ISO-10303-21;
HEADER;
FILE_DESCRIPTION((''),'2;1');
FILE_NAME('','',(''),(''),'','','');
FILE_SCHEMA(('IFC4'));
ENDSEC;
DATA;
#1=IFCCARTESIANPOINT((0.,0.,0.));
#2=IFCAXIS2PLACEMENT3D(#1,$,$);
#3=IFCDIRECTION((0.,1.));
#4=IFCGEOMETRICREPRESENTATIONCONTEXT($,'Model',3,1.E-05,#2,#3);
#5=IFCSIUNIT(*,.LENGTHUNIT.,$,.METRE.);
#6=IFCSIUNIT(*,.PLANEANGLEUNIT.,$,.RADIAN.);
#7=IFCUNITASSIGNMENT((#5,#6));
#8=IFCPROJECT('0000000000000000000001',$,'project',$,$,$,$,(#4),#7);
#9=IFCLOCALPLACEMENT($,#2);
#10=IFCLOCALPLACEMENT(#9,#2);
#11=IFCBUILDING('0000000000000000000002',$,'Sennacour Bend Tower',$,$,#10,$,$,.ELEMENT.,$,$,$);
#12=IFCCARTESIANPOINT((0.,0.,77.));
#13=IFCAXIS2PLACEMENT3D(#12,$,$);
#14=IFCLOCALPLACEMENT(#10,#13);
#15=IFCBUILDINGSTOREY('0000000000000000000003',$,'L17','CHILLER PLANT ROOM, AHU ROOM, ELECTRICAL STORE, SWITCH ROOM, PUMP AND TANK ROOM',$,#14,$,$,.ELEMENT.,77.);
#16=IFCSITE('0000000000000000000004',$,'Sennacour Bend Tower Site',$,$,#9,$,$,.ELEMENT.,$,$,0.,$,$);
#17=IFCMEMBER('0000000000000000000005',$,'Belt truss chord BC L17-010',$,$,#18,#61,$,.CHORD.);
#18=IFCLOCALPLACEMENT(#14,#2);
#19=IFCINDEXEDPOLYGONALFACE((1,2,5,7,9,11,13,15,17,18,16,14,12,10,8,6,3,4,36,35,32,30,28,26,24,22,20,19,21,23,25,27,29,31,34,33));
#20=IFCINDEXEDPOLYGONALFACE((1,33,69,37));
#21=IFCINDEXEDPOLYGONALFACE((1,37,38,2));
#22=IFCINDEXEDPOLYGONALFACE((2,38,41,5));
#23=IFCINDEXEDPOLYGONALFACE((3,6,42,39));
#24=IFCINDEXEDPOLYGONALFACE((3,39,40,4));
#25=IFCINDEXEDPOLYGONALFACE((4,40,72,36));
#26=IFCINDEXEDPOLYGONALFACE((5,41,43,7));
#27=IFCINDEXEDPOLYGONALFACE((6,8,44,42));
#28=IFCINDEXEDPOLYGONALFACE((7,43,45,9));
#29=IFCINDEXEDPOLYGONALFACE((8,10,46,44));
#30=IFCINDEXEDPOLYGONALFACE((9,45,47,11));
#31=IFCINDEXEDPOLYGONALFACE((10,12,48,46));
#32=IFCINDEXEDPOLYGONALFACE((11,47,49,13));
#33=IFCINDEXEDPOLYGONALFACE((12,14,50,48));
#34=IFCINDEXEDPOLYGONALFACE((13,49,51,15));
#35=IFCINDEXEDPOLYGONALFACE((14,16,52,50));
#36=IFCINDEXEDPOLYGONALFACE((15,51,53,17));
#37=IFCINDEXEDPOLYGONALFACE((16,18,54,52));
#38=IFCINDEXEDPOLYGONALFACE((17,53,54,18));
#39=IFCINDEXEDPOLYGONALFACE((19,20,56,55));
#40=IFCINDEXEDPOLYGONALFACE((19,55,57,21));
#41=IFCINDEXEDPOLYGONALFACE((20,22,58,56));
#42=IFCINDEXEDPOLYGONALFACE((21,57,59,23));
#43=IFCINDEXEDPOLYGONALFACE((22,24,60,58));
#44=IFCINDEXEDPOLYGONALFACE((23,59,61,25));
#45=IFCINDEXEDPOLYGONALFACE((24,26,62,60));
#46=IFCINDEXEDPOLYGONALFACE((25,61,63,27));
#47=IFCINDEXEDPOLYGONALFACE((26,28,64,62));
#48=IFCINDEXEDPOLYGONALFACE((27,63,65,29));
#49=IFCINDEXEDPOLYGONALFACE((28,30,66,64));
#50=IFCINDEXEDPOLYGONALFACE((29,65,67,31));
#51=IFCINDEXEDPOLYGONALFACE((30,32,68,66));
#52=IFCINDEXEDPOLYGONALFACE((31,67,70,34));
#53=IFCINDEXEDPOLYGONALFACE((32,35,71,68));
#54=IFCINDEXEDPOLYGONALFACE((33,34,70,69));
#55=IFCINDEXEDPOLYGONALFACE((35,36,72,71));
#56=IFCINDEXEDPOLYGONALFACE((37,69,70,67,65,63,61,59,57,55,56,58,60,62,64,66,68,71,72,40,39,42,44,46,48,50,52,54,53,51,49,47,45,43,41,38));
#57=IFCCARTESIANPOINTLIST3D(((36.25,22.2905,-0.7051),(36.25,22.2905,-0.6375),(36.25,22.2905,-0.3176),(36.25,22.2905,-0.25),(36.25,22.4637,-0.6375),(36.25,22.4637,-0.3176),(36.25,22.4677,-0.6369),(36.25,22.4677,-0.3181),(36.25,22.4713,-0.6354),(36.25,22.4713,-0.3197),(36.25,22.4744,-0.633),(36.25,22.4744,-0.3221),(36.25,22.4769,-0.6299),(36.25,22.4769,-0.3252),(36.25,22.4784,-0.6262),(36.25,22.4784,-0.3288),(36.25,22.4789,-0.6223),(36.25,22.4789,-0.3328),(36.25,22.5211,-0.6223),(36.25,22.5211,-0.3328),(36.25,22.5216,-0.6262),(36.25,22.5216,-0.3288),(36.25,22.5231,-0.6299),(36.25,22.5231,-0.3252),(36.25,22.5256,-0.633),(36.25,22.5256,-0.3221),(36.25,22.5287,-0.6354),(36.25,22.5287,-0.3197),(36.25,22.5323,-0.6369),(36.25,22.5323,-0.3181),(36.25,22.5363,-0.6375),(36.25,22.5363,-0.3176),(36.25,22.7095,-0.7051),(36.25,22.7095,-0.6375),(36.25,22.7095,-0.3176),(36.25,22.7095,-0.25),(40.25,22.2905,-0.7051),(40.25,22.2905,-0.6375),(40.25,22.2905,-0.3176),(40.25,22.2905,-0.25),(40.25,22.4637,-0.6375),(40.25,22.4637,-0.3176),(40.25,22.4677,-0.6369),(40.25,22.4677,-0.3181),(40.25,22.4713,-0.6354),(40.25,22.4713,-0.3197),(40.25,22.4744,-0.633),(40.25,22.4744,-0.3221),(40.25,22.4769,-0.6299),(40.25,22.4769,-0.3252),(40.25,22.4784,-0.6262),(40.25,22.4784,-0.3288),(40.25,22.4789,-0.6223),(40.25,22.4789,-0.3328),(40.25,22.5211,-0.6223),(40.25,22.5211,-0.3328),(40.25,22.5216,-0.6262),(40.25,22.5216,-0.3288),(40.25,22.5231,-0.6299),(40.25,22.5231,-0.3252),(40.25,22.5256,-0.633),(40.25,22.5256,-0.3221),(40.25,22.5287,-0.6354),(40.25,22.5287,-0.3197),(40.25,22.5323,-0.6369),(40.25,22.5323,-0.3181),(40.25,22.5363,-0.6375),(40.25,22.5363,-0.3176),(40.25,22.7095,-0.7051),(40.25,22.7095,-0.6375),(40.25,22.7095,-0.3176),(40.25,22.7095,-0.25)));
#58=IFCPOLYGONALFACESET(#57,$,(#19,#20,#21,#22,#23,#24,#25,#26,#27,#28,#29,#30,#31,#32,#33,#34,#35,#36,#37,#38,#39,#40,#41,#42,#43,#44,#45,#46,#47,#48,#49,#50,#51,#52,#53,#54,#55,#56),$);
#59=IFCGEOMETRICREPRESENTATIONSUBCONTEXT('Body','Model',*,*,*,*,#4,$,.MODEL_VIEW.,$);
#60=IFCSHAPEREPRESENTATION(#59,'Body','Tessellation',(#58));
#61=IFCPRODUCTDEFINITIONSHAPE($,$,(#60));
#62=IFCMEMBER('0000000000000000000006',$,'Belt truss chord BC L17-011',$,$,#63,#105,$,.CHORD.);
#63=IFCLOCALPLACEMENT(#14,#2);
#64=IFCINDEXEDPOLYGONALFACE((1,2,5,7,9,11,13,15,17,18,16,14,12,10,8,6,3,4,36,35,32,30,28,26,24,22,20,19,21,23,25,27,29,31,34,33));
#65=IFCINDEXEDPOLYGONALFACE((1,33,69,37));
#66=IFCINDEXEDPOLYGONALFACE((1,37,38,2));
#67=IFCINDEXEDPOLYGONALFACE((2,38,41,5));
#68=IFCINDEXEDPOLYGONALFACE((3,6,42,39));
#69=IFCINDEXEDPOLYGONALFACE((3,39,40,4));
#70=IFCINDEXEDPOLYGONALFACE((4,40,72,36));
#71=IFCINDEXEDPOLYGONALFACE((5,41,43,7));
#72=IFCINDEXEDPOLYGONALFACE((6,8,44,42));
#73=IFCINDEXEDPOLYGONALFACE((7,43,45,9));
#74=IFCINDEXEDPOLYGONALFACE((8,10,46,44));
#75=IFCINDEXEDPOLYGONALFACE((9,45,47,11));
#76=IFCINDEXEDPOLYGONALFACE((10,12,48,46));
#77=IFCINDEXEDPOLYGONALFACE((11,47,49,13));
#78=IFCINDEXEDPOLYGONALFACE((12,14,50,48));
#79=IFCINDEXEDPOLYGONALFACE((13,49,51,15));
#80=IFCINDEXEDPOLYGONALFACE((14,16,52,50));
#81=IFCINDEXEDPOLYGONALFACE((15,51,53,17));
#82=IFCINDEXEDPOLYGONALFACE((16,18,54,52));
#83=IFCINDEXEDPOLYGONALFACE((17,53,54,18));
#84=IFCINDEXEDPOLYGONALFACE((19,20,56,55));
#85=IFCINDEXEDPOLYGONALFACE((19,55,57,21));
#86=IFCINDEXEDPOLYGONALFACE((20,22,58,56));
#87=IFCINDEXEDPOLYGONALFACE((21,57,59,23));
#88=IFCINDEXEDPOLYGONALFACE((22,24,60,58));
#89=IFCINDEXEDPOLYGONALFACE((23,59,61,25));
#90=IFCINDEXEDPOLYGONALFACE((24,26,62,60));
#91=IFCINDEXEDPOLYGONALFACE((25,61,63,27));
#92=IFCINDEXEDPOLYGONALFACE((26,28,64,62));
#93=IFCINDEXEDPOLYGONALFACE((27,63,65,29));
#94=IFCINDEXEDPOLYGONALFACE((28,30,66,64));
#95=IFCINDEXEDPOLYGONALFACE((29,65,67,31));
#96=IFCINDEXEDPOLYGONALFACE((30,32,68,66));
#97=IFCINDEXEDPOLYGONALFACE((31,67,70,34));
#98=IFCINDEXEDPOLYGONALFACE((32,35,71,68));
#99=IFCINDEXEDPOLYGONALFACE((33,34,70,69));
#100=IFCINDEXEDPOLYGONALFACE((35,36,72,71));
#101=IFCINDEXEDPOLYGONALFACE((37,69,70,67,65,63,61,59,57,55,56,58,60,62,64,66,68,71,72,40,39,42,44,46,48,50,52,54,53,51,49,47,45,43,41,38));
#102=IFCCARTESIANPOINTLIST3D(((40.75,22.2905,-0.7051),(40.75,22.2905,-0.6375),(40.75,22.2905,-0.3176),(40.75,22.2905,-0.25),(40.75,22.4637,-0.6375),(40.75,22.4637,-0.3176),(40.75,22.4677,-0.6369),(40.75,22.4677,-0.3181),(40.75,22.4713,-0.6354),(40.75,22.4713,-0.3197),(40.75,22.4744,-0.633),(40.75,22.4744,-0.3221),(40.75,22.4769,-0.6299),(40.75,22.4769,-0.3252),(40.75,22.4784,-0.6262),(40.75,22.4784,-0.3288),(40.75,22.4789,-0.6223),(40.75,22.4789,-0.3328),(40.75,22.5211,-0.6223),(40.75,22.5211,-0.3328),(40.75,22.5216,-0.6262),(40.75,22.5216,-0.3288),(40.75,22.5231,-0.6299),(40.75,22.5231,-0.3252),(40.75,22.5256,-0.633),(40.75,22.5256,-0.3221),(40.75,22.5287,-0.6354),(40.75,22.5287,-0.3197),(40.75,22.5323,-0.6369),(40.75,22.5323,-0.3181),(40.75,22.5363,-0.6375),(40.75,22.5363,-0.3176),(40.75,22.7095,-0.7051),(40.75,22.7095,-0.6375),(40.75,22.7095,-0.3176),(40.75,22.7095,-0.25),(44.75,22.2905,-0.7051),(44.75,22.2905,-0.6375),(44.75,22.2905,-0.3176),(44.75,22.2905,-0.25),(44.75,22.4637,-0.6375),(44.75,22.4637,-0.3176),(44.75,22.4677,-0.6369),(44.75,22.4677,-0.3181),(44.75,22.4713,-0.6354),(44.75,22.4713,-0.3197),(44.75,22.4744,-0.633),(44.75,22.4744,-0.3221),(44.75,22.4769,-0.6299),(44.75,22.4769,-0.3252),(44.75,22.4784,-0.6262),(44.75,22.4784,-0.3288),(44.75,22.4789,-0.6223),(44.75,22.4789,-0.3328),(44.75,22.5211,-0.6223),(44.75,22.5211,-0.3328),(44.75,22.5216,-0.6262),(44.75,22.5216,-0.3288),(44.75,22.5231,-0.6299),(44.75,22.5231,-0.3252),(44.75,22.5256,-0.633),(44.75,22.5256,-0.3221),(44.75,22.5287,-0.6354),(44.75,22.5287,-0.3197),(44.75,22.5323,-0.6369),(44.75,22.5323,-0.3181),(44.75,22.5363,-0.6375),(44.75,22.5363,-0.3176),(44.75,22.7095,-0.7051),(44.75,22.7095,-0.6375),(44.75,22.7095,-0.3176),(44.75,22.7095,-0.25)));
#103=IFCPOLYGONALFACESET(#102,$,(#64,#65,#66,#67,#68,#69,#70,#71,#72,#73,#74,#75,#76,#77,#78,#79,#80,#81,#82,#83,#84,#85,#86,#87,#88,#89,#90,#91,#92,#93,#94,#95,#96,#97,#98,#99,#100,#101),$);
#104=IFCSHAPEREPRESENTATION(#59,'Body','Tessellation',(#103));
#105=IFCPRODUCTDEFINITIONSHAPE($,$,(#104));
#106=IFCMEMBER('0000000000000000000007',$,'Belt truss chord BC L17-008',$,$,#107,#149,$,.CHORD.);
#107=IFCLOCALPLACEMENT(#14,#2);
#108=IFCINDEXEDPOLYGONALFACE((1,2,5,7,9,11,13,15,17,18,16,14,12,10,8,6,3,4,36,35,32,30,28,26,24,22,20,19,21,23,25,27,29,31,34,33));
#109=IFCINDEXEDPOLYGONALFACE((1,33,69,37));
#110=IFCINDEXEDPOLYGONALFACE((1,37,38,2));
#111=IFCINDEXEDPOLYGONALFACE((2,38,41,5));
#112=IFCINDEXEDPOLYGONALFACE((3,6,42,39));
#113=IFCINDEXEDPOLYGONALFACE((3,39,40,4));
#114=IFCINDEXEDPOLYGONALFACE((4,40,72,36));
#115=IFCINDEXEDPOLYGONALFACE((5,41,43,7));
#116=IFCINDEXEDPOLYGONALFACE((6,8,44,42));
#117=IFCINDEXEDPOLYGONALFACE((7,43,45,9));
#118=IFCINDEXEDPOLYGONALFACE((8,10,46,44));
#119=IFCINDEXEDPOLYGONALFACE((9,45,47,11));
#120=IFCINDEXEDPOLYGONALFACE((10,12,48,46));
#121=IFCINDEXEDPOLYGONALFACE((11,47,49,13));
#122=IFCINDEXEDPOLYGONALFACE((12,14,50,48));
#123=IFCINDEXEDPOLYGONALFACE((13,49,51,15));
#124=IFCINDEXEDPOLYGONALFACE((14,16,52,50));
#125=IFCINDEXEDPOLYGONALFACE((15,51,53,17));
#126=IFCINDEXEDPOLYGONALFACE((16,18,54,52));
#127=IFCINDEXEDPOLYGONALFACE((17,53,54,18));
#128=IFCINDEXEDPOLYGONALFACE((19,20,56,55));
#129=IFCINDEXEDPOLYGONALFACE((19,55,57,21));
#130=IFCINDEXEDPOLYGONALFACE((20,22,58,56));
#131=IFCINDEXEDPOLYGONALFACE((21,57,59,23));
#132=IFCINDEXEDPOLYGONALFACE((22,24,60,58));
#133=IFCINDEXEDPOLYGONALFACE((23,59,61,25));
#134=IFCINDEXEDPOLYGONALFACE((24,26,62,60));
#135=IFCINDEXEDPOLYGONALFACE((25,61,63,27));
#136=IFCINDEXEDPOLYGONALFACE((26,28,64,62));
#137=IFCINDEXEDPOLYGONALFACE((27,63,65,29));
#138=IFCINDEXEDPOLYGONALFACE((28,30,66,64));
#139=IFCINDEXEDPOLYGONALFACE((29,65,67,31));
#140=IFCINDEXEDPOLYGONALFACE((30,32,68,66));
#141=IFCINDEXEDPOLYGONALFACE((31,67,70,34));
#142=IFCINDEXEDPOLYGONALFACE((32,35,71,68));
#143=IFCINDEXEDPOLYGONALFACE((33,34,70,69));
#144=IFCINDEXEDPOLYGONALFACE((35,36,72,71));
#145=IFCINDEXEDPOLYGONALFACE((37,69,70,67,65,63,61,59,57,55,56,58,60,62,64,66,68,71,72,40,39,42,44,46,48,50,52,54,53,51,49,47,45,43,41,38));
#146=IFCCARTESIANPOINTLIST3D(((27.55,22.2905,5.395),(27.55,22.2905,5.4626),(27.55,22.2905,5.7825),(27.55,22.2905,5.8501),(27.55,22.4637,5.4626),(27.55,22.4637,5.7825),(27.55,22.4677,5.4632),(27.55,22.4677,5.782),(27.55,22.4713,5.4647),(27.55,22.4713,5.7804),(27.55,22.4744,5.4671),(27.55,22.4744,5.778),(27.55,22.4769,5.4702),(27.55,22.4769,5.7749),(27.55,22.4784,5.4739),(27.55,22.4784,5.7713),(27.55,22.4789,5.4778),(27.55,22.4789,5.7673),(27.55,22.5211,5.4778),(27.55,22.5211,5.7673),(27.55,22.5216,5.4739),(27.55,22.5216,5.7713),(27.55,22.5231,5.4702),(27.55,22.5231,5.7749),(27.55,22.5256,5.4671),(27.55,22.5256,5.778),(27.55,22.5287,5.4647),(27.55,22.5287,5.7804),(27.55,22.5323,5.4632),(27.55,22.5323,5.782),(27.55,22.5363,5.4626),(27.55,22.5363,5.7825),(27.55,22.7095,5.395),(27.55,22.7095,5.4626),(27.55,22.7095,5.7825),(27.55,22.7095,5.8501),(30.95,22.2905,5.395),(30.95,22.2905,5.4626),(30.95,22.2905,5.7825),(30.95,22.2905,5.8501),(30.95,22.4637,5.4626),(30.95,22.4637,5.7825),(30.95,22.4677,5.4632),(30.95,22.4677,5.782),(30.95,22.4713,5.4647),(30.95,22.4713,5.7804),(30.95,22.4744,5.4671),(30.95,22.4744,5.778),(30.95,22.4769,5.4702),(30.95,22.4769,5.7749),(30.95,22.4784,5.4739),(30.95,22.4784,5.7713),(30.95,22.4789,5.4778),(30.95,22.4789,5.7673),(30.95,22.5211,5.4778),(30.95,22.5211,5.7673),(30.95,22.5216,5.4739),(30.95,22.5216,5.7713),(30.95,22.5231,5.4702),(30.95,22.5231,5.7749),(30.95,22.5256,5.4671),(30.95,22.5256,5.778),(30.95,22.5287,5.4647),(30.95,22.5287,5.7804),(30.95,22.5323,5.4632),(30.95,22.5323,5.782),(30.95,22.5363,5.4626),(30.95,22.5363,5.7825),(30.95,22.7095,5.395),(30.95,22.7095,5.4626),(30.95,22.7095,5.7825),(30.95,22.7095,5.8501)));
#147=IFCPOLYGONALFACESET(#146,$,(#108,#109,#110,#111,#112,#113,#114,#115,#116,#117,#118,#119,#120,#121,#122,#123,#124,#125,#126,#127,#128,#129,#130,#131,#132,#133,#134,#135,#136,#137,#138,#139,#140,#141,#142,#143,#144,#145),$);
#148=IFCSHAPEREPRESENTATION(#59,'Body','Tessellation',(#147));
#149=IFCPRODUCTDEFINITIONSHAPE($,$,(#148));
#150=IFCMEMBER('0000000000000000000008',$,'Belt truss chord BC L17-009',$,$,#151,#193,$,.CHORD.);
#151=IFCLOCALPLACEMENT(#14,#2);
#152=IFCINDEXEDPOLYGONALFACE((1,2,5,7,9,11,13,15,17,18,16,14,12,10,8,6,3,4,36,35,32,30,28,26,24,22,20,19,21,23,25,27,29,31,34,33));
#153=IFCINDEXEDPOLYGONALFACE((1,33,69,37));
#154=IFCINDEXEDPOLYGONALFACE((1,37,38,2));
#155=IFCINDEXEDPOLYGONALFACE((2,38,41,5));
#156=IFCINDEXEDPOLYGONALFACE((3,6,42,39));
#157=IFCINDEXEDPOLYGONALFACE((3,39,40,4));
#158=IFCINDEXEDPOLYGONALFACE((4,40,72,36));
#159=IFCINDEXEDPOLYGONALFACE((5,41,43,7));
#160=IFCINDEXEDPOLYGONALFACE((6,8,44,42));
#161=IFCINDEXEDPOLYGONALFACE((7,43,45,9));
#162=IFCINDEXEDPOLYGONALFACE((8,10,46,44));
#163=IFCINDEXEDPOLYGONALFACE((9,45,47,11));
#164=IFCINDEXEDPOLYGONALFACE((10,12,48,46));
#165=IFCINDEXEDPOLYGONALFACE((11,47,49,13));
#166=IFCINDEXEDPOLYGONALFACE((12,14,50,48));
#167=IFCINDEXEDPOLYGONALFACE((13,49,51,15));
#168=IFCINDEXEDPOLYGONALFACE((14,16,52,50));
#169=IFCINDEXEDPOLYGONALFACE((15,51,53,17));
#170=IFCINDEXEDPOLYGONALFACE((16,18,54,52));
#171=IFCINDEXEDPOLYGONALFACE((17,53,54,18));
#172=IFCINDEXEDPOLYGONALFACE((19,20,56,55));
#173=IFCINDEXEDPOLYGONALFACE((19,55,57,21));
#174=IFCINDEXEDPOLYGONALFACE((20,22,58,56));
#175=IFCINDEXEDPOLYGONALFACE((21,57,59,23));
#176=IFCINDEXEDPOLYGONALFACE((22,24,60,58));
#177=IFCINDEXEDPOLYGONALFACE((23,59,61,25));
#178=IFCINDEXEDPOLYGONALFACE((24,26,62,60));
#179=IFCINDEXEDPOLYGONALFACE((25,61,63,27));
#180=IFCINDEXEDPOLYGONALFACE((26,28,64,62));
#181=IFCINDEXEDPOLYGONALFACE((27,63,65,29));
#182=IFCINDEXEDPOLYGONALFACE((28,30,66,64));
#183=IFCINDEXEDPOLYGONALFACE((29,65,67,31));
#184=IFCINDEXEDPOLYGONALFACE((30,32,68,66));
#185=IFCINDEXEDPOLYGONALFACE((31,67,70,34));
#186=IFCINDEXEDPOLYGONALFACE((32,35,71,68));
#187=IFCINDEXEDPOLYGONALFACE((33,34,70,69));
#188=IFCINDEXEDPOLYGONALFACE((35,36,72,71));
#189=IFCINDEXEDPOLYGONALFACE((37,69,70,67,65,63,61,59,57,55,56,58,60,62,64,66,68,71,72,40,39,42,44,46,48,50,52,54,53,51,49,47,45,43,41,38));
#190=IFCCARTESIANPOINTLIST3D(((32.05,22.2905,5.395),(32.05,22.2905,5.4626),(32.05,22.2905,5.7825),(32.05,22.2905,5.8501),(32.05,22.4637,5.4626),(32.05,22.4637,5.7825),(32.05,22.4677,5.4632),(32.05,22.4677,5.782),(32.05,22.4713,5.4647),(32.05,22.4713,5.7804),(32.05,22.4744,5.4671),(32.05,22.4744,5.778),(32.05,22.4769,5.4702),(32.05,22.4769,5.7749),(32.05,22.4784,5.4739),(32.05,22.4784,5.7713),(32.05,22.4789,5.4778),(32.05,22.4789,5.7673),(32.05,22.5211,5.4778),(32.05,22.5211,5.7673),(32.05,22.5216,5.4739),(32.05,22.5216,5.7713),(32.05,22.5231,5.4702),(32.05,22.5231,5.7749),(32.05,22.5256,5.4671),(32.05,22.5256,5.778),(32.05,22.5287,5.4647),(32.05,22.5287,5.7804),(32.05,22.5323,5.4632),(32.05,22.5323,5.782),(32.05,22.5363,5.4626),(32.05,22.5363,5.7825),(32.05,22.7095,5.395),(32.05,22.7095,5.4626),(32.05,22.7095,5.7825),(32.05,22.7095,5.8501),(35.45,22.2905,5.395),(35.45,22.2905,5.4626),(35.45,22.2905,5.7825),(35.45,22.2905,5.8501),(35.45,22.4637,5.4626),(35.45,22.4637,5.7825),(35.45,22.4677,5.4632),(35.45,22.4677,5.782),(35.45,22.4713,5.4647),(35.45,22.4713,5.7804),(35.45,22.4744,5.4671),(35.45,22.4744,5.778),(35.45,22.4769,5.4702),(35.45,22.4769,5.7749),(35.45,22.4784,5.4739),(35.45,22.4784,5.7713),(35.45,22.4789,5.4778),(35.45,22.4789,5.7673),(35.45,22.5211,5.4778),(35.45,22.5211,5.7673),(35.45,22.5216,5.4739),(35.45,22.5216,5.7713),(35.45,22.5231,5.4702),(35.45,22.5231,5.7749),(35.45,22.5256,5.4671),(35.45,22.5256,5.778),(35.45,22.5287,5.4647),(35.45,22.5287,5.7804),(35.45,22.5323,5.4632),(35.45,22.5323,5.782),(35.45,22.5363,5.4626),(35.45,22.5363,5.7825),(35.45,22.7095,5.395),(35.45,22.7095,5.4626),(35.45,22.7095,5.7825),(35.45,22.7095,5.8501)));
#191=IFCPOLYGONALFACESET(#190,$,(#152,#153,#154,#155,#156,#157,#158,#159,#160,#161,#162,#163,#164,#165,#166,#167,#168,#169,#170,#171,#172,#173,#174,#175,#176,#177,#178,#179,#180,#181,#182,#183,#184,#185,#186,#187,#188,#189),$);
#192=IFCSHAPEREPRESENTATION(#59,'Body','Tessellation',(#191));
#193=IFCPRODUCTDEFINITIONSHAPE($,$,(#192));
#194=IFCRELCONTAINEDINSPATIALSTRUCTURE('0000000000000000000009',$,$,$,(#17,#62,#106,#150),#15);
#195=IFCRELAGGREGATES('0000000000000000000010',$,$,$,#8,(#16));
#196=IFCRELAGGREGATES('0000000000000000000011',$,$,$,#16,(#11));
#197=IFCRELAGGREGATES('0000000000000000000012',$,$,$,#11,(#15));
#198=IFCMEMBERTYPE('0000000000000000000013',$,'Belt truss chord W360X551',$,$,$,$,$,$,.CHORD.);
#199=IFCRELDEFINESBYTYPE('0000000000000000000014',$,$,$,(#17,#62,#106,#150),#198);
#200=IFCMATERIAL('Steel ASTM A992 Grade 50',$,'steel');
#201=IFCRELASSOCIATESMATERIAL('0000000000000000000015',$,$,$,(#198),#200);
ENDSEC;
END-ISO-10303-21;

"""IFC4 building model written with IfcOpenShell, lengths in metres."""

from ifc_helpers import new_model, si_unit, direction, frame, origin, origin_2d, place, context, subcontext, project, spatial, i_section, extrude, material, material_profile, profile_set, type_object, element, save


model = new_model("IFC4")

# Units and contexts
model_context = context("Model", 3, precision=1e-05, world=origin(), true_north=direction((0.0, 1.0)))
body_context = subcontext(model_context, "Body", "Model", "MODEL_VIEW")
ifc_project = project(units=[si_unit("LENGTHUNIT", "METRE"), si_unit("PLANEANGLEUNIT", "RADIAN")], contexts=[model_context])

# Site, building, storey
site_placement = place(None, origin())
site = spatial("IfcSite", under=ifc_project, at=site_placement, Name="Sennacour Bend Tower Site", CompositionType="ELEMENT", RefElevation=0.0)
building_placement = place(site_placement, origin())
building = spatial("IfcBuilding", under=site, at=building_placement, Name="Sennacour Bend Tower", CompositionType="ELEMENT")
storey_placement = place(building_placement, frame((0.0, 0.0, 77.0)))
storey = spatial("IfcBuildingStorey", under=building, at=storey_placement, Name="L17", Description="CHILLER PLANT ROOM, AHU ROOM, ELECTRICAL STORE, SWITCH ROOM, PUMP AND TANK ROOM", CompositionType="ELEMENT", Elevation=77.0)

# Members
ifc_material_1 = material(Name="Steel ASTM A992 Grade 50", Category="steel")
ifc_material_profile_1 = material_profile(ifc_material_1, i_section(OverallWidth=0.4189, OverallDepth=0.4551, WebThickness=0.0422, FlangeThickness=0.0676, FilletRadius=0.0151, at=origin_2d()), Name="Steel ASTM A992 Grade 50", Category="steel")
ifc_profile_set_1 = profile_set([ifc_material_profile_1], Name="Steel ASTM A992 Grade 50")
member_type_1 = type_object("IfcMemberType", Name="Belt truss chord W360X551", PredefinedType="CHORD", material=ifc_profile_set_1)
for number, where, z_axis, x_axis, name in (
    (1, (36.25, 22.5, -0.4775), (1.0, 0.0, 0.0), (0.0, 1.0, 0.0), "Belt truss chord BC L17-010"),
    (2, (40.75, 22.5, -0.4775), (1.0, 0.0, 0.0), (0.0, 1.0, 0.0), "Belt truss chord BC L17-011"),
):
    element("IfcMember", number, at=place(storey_placement, frame(where, z_axis=z_axis, x_axis=x_axis)), inside=storey, type_object=member_type_1, Name=name, PredefinedType="CHORD", context=body_context, shape_type="SweptSolid", body=[
        extrude(i_section(OverallWidth=0.4189, OverallDepth=0.4551, WebThickness=0.0422, FlangeThickness=0.0676, FilletRadius=0.0151, at=origin_2d()), origin(), (0.0, 0.0, 1.0), 4.0),
    ])
for number, where, z_axis, x_axis, name in (
    (3, (27.55, 22.5, 5.6226), (1.0, 0.0, 0.0), (0.0, 1.0, 0.0), "Belt truss chord BC L17-008"),
    (4, (32.05, 22.5, 5.6226), (1.0, 0.0, 0.0), (0.0, 1.0, 0.0), "Belt truss chord BC L17-009"),
):
    element("IfcMember", number, at=place(storey_placement, frame(where, z_axis=z_axis, x_axis=x_axis)), inside=storey, type_object=member_type_1, Name=name, PredefinedType="CHORD", context=body_context, shape_type="SweptSolid", body=[
        extrude(i_section(OverallWidth=0.4189, OverallDepth=0.4551, WebThickness=0.0422, FlangeThickness=0.0676, FilletRadius=0.0151, at=origin_2d()), origin(), (0.0, 0.0, 1.0), 3.3999),
    ])

save(model, "model.ifc")
